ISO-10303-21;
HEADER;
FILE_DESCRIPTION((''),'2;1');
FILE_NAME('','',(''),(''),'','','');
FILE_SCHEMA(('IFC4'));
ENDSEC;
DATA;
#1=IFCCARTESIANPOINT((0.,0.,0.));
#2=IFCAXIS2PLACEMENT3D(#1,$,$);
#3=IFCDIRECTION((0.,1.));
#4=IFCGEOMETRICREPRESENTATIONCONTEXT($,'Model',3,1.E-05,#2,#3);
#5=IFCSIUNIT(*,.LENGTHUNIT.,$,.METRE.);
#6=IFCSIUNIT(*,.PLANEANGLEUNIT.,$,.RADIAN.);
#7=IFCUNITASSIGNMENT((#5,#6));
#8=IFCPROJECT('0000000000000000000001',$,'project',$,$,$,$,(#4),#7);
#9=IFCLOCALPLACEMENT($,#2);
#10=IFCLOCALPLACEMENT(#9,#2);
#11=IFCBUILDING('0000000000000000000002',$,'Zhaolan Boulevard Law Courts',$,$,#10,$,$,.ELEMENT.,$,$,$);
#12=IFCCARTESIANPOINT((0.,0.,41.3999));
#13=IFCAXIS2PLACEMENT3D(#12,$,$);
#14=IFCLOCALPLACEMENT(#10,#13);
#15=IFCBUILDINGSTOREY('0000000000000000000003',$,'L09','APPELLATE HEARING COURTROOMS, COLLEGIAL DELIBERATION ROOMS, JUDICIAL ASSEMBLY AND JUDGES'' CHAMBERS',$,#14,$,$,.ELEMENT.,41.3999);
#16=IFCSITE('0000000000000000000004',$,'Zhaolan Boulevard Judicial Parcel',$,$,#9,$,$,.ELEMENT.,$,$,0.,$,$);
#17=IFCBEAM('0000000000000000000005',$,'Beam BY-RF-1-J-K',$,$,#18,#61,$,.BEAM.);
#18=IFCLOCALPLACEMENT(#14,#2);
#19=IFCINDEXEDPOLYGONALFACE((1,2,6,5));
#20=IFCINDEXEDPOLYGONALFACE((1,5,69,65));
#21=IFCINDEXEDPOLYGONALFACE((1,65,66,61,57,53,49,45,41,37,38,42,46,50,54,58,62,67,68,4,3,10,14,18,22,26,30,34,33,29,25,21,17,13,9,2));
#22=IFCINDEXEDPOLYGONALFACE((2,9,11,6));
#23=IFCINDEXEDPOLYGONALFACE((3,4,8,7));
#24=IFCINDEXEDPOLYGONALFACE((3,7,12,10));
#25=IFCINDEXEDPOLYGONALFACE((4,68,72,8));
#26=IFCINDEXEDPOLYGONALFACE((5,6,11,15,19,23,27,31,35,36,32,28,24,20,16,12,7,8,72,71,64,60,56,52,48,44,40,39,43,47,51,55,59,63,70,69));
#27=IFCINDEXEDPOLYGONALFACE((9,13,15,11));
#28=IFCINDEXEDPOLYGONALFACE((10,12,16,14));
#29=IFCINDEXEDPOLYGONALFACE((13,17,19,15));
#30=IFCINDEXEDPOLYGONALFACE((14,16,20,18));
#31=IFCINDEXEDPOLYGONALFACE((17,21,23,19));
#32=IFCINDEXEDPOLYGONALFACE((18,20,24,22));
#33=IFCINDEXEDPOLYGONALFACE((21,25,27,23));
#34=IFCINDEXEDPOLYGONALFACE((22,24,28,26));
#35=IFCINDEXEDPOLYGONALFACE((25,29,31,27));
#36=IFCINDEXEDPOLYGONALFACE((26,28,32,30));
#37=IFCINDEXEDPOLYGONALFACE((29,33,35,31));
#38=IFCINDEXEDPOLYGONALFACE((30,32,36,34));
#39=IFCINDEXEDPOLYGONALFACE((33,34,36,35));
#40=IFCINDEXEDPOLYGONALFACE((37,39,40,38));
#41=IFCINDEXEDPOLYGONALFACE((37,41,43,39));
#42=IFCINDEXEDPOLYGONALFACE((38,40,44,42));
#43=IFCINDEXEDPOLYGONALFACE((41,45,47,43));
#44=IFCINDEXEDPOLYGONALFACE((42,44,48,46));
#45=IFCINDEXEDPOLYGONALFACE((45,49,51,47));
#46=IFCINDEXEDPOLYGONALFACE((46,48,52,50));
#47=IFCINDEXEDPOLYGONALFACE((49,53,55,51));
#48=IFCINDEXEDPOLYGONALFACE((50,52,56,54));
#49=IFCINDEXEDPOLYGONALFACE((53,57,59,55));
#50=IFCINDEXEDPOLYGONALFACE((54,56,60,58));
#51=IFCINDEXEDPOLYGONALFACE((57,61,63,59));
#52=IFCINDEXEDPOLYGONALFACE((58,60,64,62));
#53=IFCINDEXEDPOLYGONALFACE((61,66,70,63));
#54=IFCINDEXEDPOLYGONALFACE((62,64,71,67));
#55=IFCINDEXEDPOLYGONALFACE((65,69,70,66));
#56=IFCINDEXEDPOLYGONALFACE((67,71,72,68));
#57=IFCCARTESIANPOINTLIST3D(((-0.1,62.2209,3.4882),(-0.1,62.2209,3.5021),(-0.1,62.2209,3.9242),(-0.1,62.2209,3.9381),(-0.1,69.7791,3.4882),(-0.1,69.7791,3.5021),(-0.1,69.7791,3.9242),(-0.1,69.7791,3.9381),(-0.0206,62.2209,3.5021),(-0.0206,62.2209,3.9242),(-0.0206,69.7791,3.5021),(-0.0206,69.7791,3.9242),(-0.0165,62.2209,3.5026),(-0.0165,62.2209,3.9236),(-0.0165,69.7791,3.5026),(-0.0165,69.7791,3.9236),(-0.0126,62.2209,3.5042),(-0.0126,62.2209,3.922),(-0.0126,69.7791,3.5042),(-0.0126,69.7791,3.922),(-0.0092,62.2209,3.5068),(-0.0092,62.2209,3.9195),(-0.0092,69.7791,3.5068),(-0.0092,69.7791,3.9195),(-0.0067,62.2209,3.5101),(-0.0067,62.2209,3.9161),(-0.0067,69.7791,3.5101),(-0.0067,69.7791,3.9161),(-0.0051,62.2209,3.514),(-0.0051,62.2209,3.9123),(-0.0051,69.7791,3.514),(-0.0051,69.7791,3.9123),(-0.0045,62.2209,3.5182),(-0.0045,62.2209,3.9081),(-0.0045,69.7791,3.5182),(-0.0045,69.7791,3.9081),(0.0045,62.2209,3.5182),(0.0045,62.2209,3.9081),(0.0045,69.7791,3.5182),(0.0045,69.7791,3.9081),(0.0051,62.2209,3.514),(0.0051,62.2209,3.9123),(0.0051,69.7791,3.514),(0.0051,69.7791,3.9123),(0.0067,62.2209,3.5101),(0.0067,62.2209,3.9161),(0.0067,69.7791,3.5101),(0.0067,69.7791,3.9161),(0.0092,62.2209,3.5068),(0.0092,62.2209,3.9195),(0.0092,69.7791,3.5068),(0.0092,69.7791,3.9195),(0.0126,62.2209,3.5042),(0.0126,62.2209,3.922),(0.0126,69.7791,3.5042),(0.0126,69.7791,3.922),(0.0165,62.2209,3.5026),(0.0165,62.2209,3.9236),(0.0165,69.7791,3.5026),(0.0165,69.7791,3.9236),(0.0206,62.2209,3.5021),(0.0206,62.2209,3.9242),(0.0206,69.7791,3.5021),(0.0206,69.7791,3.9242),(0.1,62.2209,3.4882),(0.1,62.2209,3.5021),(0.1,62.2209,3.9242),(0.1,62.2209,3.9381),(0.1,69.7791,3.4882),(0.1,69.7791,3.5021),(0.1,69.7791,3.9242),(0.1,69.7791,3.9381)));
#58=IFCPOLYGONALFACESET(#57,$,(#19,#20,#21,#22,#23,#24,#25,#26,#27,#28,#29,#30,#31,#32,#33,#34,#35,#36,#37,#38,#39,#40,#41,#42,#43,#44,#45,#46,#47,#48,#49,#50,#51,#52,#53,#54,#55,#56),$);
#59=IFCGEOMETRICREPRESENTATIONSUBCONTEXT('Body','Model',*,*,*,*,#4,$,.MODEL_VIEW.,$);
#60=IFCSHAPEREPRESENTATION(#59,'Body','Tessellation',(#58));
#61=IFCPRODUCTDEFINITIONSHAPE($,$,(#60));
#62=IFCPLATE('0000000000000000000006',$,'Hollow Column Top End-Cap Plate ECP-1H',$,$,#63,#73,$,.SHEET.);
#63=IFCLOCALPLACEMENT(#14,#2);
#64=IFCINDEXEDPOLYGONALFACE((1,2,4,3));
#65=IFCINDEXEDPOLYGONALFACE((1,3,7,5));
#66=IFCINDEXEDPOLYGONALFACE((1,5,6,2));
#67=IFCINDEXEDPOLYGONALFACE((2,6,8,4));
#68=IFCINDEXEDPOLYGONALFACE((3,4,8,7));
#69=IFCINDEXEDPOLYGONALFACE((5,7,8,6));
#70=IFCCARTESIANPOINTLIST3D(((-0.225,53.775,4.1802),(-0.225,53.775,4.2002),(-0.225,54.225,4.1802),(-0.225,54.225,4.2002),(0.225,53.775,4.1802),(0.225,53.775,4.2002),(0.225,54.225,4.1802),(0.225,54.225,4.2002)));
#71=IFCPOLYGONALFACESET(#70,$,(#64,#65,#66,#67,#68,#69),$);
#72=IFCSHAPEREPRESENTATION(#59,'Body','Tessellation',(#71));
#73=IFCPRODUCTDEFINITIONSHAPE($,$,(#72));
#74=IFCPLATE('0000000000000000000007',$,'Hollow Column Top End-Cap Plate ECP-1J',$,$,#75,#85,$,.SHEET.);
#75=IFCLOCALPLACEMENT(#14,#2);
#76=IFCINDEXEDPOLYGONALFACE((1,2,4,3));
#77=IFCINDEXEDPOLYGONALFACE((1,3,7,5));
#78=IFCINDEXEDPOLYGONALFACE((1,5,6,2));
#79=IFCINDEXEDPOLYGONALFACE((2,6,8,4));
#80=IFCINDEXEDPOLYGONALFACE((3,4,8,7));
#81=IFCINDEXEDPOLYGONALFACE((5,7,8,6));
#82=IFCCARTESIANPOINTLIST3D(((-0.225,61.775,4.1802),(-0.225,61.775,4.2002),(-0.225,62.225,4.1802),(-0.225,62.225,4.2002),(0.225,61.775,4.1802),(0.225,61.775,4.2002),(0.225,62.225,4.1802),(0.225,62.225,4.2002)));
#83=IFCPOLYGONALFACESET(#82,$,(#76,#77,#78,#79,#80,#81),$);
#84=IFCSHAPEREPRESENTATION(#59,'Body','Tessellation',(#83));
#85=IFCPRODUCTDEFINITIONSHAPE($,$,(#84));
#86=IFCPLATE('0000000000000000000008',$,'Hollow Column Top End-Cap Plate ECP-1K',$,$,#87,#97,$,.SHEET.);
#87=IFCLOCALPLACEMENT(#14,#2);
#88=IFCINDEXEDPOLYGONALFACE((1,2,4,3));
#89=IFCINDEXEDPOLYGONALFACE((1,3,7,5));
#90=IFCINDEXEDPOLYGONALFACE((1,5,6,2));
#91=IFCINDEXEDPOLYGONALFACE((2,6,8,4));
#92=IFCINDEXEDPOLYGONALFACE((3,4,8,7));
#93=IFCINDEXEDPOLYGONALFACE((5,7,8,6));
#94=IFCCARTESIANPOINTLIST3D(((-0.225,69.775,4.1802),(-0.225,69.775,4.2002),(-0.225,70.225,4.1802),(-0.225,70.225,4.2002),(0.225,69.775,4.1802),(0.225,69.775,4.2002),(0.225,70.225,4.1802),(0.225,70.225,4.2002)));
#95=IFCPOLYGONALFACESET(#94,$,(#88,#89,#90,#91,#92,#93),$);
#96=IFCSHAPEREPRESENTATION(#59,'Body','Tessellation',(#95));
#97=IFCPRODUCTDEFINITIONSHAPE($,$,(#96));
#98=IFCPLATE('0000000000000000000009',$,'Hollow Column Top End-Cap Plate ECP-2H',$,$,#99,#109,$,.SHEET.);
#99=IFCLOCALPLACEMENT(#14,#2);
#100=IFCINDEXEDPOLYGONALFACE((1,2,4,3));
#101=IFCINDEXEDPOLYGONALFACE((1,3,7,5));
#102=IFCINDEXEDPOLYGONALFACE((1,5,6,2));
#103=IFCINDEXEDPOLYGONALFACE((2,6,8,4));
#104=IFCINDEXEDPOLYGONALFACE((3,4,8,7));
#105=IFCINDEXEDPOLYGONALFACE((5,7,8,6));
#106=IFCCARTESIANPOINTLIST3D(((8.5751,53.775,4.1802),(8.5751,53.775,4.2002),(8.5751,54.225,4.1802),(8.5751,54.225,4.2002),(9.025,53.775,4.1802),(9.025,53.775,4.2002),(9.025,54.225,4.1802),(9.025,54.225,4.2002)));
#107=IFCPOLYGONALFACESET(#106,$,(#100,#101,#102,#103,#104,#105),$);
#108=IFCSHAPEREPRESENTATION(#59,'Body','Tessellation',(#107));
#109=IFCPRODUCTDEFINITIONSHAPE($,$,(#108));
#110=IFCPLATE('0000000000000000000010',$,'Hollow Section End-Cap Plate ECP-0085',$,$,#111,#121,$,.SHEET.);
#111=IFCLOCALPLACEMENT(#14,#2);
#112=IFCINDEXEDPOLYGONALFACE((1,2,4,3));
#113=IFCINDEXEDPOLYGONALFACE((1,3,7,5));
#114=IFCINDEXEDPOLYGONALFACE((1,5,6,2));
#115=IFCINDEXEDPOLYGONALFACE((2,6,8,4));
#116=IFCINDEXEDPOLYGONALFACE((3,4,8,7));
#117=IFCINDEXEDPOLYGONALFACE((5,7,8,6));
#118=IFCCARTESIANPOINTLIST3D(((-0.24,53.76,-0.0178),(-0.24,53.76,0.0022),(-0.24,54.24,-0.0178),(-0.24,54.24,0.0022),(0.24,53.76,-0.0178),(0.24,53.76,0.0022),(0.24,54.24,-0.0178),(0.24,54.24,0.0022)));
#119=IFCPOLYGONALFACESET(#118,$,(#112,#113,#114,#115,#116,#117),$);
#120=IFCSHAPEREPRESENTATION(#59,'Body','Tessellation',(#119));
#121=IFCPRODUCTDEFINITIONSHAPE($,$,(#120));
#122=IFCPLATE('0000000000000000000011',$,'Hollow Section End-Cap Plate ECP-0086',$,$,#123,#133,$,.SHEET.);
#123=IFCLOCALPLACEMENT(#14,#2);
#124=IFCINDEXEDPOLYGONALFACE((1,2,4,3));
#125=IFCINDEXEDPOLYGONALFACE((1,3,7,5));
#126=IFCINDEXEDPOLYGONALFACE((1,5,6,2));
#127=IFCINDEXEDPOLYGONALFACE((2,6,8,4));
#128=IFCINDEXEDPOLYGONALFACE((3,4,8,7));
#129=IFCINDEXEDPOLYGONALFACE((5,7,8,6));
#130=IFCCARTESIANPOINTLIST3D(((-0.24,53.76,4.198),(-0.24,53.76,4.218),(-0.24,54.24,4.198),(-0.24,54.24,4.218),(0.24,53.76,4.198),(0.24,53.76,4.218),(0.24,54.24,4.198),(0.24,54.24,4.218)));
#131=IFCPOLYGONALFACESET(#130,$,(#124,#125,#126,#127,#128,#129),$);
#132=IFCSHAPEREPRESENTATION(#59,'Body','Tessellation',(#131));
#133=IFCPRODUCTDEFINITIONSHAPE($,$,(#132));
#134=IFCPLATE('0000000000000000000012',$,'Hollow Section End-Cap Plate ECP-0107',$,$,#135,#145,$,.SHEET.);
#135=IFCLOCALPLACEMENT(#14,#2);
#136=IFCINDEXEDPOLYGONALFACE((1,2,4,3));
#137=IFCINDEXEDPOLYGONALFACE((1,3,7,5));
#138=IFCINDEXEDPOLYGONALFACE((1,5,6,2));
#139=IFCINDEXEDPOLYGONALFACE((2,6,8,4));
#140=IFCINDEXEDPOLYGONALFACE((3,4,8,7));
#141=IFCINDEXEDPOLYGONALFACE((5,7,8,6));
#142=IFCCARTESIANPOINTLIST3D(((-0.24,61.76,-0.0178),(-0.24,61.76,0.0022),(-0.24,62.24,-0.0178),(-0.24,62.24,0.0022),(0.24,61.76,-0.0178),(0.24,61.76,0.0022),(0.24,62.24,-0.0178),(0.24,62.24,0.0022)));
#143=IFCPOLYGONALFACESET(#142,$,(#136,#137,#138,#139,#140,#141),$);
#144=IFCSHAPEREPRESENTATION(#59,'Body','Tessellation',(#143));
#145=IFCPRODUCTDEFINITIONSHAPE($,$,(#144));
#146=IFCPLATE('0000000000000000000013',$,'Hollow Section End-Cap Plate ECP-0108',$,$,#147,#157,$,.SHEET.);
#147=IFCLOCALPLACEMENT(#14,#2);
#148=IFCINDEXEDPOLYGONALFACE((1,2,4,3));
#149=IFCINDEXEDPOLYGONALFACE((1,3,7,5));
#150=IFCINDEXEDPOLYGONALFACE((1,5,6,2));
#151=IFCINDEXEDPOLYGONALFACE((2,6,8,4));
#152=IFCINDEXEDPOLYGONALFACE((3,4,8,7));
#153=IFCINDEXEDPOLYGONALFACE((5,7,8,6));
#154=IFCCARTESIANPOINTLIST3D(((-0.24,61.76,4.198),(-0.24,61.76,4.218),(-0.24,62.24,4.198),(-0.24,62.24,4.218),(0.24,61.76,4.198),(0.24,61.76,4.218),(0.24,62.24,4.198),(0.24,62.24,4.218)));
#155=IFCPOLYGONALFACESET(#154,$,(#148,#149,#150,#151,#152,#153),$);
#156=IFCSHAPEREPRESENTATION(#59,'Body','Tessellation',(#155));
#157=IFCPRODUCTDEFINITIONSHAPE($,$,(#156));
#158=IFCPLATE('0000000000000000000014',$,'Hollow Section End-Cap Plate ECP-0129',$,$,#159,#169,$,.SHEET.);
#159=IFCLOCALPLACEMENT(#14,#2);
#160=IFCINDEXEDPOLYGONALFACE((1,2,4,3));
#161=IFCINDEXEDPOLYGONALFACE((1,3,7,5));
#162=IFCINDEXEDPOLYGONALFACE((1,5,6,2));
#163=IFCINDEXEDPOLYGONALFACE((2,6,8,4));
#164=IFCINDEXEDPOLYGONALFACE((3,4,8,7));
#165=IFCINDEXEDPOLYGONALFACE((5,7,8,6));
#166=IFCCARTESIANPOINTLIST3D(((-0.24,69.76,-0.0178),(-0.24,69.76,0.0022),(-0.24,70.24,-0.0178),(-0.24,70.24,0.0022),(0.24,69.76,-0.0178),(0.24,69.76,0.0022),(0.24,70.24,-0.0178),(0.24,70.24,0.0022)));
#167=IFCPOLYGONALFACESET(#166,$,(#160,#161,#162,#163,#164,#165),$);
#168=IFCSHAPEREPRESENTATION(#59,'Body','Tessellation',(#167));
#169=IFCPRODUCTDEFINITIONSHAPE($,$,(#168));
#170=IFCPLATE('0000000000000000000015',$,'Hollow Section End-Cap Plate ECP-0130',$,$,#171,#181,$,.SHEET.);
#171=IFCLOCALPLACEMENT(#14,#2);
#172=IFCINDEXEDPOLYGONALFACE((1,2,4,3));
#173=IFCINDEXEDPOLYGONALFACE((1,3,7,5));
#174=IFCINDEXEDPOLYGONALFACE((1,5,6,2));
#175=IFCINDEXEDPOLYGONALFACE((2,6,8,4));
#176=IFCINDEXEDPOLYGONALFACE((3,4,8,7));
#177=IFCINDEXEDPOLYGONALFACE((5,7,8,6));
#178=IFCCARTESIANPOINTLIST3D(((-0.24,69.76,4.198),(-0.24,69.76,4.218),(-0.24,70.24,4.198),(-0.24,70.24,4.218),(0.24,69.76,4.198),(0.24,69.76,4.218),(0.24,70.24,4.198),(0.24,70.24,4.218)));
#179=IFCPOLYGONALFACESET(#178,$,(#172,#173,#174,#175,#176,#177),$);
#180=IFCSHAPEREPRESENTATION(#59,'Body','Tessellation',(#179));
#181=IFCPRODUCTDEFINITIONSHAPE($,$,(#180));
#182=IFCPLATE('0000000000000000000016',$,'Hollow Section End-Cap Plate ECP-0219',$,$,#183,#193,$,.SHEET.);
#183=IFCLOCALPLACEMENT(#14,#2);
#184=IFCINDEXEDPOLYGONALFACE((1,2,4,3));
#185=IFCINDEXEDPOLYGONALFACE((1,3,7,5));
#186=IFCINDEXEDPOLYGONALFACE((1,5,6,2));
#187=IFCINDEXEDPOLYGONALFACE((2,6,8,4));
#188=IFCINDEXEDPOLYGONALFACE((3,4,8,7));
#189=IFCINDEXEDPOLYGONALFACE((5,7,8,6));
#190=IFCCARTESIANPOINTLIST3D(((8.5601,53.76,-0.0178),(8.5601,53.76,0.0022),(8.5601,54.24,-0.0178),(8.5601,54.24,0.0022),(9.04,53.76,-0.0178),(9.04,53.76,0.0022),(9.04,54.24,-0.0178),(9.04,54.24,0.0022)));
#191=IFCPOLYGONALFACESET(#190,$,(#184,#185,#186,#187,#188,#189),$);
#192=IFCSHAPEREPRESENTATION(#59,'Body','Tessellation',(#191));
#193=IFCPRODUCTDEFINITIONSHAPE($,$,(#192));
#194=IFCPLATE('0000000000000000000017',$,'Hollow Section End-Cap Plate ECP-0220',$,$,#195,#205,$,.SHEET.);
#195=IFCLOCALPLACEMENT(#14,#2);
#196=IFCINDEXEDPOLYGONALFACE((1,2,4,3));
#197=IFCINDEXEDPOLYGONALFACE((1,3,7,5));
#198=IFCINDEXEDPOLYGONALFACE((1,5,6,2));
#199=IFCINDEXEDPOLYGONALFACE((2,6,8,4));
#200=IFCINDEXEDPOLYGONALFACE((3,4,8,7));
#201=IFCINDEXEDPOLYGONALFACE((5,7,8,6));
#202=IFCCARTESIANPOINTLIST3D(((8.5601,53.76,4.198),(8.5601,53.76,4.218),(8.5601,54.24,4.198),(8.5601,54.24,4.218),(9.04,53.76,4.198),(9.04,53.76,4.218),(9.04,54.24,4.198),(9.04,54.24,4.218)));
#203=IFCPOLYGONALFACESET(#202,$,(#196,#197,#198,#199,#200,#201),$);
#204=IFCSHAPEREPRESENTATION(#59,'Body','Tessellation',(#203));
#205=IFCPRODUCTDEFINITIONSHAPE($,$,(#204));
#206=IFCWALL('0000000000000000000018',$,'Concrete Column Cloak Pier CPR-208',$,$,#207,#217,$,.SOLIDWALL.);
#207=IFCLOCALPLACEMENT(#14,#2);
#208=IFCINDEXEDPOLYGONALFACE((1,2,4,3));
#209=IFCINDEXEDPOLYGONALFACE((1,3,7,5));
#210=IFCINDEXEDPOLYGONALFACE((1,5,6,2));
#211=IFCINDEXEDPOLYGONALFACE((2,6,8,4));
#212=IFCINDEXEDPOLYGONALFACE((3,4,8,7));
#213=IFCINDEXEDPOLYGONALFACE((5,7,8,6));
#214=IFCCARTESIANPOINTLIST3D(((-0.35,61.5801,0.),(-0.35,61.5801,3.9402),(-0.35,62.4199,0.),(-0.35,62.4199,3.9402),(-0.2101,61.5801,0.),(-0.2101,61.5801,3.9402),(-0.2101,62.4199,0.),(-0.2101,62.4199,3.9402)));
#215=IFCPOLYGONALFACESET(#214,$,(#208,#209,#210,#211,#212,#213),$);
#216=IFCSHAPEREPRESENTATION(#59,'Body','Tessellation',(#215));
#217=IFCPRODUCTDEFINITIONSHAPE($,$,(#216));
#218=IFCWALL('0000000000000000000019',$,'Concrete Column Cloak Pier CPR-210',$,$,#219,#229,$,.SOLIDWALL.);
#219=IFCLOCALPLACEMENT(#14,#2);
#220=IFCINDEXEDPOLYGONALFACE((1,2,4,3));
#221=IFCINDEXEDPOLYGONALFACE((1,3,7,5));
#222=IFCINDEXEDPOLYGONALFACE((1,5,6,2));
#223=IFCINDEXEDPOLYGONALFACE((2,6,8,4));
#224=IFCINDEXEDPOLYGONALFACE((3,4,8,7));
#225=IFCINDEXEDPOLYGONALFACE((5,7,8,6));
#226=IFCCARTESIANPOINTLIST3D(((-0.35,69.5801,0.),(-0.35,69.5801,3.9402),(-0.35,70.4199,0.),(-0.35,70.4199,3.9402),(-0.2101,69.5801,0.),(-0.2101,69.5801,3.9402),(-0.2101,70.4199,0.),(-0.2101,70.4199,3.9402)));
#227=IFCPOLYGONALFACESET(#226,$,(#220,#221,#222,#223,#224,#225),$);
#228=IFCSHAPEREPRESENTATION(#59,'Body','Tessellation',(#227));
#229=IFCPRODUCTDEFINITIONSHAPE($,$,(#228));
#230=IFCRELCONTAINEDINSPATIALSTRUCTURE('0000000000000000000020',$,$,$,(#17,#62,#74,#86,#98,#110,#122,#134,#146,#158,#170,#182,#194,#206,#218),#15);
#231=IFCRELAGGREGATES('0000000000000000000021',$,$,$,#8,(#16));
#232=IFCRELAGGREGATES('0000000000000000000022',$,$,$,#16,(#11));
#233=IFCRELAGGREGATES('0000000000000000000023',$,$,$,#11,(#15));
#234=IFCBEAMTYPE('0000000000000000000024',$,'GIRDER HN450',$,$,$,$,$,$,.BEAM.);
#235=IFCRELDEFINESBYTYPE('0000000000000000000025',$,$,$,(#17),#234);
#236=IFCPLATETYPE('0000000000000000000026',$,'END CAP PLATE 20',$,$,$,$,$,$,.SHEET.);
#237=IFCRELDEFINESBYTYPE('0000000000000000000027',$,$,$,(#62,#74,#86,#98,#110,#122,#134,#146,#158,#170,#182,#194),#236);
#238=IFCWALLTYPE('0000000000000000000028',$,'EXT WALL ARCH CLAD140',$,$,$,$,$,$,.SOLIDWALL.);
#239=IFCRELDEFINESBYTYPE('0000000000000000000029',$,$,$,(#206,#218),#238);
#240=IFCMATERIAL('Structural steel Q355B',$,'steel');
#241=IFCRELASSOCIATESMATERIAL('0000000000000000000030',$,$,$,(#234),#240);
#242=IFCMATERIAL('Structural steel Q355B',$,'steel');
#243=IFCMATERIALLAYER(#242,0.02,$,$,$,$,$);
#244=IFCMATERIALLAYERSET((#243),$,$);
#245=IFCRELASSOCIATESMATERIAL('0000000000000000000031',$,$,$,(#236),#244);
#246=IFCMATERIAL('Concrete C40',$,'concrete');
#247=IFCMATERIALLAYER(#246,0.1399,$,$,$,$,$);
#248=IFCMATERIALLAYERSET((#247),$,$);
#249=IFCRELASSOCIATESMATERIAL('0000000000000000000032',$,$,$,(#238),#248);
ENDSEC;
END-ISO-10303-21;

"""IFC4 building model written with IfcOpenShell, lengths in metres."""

from ifc_helpers import new_model, si_unit, direction, frame, frame_2d, origin, origin_2d, place, context, subcontext, project, spatial, rectangle, i_section, extrude, material, layer, layer_set, material_profile, profile_set, type_object, element, save


model = new_model("IFC4")

# Units and contexts
model_context = context("Model", 3, precision=1e-05, world=origin(), true_north=direction((0.0, 1.0)))
body_context = subcontext(model_context, "Body", "Model", "MODEL_VIEW")
ifc_project = project(units=[si_unit("LENGTHUNIT", "METRE"), si_unit("PLANEANGLEUNIT", "RADIAN")], contexts=[model_context])

# Site, building, storey
site_placement = place(None, origin())
site = spatial("IfcSite", under=ifc_project, at=site_placement, Name="Zhaolan Boulevard Judicial Parcel", CompositionType="ELEMENT", RefElevation=0.0)
building_placement = place(site_placement, origin())
building = spatial("IfcBuilding", under=site, at=building_placement, Name="Zhaolan Boulevard Law Courts", CompositionType="ELEMENT")
storey_placement = place(building_placement, frame((0.0, 0.0, 41.3999)))
storey = spatial("IfcBuildingStorey", under=building, at=storey_placement, Name="L09", Description="APPELLATE HEARING COURTROOMS, COLLEGIAL DELIBERATION ROOMS, JUDICIAL ASSEMBLY AND JUDGES' CHAMBERS", CompositionType="ELEMENT", Elevation=41.3999)

# Beam
ifc_material_1 = material(Name="Structural steel Q355B", Category="steel")
ifc_material_profile_1 = material_profile(ifc_material_1, i_section(OverallWidth=0.2, OverallDepth=0.45, WebThickness=0.009, FlangeThickness=0.0139, FilletRadius=0.0161, at=origin_2d()), Name="HN450x200")
ifc_profile_set_1 = profile_set([ifc_material_profile_1], Name="Structural steel Q355B")
beam_type = type_object("IfcBeamType", Name="GIRDER HN450", PredefinedType="BEAM", material=ifc_profile_set_1)
for number, where, z_axis, x_axis, name in (
    (1, (0.0, 62.2209, 3.7131), (0.0, 1.0, 0.0), (-1.0, 0.0, 0.0), "Beam BY-RF-1-J-K"),
):
    element("IfcBeam", number, at=place(storey_placement, frame(where, z_axis=z_axis, x_axis=x_axis)), inside=storey, type_object=beam_type, Name=name, PredefinedType="BEAM", context=body_context, shape_type="SweptSolid", body=[
        extrude(i_section(OverallWidth=0.2, OverallDepth=0.45, WebThickness=0.009, FlangeThickness=0.0139, FilletRadius=0.0161, at=origin_2d()), origin(), (0.0, 0.0, 1.0), 7.5581),
    ])

# Plates
ifc_material_2 = material(Name="Structural steel Q355B", Category="steel")
ifc_layer_1 = layer(ifc_material_2, 0.02)
ifc_layer_set_1 = layer_set([ifc_layer_1])
plate_type = type_object("IfcPlateType", Name="END CAP PLATE 20", PredefinedType="SHEET", material=ifc_layer_set_1)
for number, where, z_axis, x_axis, name in (
    (2, (0.0, 54.0, 4.1802), (0.0, 0.0, 1.0), (1.0, 0.0, 0.0), "Hollow Column Top End-Cap Plate ECP-1H"),
    (3, (0.0, 62.0, 4.1802), (0.0, 0.0, 1.0), (1.0, 0.0, 0.0), "Hollow Column Top End-Cap Plate ECP-1J"),
    (4, (0.0, 70.0, 4.1802), (0.0, 0.0, 1.0), (1.0, 0.0, 0.0), "Hollow Column Top End-Cap Plate ECP-1K"),
    (5, (8.8, 54.0, 4.1802), (0.0, 0.0, 1.0), (1.0, 0.0, 0.0), "Hollow Column Top End-Cap Plate ECP-2H"),
):
    element("IfcPlate", number, at=place(storey_placement, frame(where, z_axis=z_axis, x_axis=x_axis)), inside=storey, type_object=plate_type, Name=name, PredefinedType="SHEET", context=body_context, shape_type="SweptSolid", body=[
        extrude(rectangle(XDim=0.45, YDim=0.45, at=origin_2d()), origin(), (0.0, 0.0, 1.0), 0.02),
    ])
for number, where, z_axis, x_axis, name in (
    (6, (0.0, 54.0, -0.0178), (0.0, 0.0, 1.0), (1.0, 0.0, 0.0), "Hollow Section End-Cap Plate ECP-0085"),
    (7, (0.0, 54.0, 4.198), (0.0, 0.0, 1.0), (1.0, 0.0, 0.0), "Hollow Section End-Cap Plate ECP-0086"),
    (8, (0.0, 62.0, -0.0178), (0.0, 0.0, 1.0), (1.0, 0.0, 0.0), "Hollow Section End-Cap Plate ECP-0107"),
    (9, (0.0, 62.0, 4.198), (0.0, 0.0, 1.0), (1.0, 0.0, 0.0), "Hollow Section End-Cap Plate ECP-0108"),
    (10, (0.0, 70.0, -0.0178), (0.0, 0.0, 1.0), (1.0, 0.0, 0.0), "Hollow Section End-Cap Plate ECP-0129"),
    (11, (0.0, 70.0, 4.198), (0.0, 0.0, 1.0), (1.0, 0.0, 0.0), "Hollow Section End-Cap Plate ECP-0130"),
    (12, (8.8, 54.0, -0.0178), (0.0, 0.0, 1.0), (1.0, 0.0, 0.0), "Hollow Section End-Cap Plate ECP-0219"),
    (13, (8.8, 54.0, 4.198), (0.0, 0.0, 1.0), (1.0, 0.0, 0.0), "Hollow Section End-Cap Plate ECP-0220"),
):
    element("IfcPlate", number, at=place(storey_placement, frame(where, z_axis=z_axis, x_axis=x_axis)), inside=storey, type_object=plate_type, Name=name, PredefinedType="SHEET", context=body_context, shape_type="SweptSolid", body=[
        extrude(rectangle(XDim=0.48, YDim=0.48, at=origin_2d()), origin(), (0.0, 0.0, 1.0), 0.02),
    ])

# Walls
ifc_material_3 = material(Name="Concrete C40", Category="concrete")
ifc_layer_2 = layer(ifc_material_3, 0.1399)
ifc_layer_set_2 = layer_set([ifc_layer_2])
wall_type_1 = type_object("IfcWallType", Name="EXT WALL ARCH CLAD140", PredefinedType="SOLIDWALL", material=ifc_layer_set_2)
for number, where, z_axis, x_axis, name in (
    (14, (-0.28, 61.5801, 0.0), (0.0, 0.0, 1.0), (0.0, 1.0, 0.0), "Concrete Column Cloak Pier CPR-208"),
    (15, (-0.28, 69.5801, 0.0), (0.0, 0.0, 1.0), (0.0, 1.0, 0.0), "Concrete Column Cloak Pier CPR-210"),
):
    element("IfcWall", number, at=place(storey_placement, frame(where, z_axis=z_axis, x_axis=x_axis)), inside=storey, type_object=wall_type_1, Name=name, PredefinedType="SOLIDWALL", context=body_context, shape_type="SweptSolid", body=[
        extrude(rectangle(XDim=0.8398, YDim=0.1399, at=frame_2d((0.4199, 0.0))), origin(), (0.0, 0.0, 1.0), 3.9402),
    ])

save(model, "model.ifc")
